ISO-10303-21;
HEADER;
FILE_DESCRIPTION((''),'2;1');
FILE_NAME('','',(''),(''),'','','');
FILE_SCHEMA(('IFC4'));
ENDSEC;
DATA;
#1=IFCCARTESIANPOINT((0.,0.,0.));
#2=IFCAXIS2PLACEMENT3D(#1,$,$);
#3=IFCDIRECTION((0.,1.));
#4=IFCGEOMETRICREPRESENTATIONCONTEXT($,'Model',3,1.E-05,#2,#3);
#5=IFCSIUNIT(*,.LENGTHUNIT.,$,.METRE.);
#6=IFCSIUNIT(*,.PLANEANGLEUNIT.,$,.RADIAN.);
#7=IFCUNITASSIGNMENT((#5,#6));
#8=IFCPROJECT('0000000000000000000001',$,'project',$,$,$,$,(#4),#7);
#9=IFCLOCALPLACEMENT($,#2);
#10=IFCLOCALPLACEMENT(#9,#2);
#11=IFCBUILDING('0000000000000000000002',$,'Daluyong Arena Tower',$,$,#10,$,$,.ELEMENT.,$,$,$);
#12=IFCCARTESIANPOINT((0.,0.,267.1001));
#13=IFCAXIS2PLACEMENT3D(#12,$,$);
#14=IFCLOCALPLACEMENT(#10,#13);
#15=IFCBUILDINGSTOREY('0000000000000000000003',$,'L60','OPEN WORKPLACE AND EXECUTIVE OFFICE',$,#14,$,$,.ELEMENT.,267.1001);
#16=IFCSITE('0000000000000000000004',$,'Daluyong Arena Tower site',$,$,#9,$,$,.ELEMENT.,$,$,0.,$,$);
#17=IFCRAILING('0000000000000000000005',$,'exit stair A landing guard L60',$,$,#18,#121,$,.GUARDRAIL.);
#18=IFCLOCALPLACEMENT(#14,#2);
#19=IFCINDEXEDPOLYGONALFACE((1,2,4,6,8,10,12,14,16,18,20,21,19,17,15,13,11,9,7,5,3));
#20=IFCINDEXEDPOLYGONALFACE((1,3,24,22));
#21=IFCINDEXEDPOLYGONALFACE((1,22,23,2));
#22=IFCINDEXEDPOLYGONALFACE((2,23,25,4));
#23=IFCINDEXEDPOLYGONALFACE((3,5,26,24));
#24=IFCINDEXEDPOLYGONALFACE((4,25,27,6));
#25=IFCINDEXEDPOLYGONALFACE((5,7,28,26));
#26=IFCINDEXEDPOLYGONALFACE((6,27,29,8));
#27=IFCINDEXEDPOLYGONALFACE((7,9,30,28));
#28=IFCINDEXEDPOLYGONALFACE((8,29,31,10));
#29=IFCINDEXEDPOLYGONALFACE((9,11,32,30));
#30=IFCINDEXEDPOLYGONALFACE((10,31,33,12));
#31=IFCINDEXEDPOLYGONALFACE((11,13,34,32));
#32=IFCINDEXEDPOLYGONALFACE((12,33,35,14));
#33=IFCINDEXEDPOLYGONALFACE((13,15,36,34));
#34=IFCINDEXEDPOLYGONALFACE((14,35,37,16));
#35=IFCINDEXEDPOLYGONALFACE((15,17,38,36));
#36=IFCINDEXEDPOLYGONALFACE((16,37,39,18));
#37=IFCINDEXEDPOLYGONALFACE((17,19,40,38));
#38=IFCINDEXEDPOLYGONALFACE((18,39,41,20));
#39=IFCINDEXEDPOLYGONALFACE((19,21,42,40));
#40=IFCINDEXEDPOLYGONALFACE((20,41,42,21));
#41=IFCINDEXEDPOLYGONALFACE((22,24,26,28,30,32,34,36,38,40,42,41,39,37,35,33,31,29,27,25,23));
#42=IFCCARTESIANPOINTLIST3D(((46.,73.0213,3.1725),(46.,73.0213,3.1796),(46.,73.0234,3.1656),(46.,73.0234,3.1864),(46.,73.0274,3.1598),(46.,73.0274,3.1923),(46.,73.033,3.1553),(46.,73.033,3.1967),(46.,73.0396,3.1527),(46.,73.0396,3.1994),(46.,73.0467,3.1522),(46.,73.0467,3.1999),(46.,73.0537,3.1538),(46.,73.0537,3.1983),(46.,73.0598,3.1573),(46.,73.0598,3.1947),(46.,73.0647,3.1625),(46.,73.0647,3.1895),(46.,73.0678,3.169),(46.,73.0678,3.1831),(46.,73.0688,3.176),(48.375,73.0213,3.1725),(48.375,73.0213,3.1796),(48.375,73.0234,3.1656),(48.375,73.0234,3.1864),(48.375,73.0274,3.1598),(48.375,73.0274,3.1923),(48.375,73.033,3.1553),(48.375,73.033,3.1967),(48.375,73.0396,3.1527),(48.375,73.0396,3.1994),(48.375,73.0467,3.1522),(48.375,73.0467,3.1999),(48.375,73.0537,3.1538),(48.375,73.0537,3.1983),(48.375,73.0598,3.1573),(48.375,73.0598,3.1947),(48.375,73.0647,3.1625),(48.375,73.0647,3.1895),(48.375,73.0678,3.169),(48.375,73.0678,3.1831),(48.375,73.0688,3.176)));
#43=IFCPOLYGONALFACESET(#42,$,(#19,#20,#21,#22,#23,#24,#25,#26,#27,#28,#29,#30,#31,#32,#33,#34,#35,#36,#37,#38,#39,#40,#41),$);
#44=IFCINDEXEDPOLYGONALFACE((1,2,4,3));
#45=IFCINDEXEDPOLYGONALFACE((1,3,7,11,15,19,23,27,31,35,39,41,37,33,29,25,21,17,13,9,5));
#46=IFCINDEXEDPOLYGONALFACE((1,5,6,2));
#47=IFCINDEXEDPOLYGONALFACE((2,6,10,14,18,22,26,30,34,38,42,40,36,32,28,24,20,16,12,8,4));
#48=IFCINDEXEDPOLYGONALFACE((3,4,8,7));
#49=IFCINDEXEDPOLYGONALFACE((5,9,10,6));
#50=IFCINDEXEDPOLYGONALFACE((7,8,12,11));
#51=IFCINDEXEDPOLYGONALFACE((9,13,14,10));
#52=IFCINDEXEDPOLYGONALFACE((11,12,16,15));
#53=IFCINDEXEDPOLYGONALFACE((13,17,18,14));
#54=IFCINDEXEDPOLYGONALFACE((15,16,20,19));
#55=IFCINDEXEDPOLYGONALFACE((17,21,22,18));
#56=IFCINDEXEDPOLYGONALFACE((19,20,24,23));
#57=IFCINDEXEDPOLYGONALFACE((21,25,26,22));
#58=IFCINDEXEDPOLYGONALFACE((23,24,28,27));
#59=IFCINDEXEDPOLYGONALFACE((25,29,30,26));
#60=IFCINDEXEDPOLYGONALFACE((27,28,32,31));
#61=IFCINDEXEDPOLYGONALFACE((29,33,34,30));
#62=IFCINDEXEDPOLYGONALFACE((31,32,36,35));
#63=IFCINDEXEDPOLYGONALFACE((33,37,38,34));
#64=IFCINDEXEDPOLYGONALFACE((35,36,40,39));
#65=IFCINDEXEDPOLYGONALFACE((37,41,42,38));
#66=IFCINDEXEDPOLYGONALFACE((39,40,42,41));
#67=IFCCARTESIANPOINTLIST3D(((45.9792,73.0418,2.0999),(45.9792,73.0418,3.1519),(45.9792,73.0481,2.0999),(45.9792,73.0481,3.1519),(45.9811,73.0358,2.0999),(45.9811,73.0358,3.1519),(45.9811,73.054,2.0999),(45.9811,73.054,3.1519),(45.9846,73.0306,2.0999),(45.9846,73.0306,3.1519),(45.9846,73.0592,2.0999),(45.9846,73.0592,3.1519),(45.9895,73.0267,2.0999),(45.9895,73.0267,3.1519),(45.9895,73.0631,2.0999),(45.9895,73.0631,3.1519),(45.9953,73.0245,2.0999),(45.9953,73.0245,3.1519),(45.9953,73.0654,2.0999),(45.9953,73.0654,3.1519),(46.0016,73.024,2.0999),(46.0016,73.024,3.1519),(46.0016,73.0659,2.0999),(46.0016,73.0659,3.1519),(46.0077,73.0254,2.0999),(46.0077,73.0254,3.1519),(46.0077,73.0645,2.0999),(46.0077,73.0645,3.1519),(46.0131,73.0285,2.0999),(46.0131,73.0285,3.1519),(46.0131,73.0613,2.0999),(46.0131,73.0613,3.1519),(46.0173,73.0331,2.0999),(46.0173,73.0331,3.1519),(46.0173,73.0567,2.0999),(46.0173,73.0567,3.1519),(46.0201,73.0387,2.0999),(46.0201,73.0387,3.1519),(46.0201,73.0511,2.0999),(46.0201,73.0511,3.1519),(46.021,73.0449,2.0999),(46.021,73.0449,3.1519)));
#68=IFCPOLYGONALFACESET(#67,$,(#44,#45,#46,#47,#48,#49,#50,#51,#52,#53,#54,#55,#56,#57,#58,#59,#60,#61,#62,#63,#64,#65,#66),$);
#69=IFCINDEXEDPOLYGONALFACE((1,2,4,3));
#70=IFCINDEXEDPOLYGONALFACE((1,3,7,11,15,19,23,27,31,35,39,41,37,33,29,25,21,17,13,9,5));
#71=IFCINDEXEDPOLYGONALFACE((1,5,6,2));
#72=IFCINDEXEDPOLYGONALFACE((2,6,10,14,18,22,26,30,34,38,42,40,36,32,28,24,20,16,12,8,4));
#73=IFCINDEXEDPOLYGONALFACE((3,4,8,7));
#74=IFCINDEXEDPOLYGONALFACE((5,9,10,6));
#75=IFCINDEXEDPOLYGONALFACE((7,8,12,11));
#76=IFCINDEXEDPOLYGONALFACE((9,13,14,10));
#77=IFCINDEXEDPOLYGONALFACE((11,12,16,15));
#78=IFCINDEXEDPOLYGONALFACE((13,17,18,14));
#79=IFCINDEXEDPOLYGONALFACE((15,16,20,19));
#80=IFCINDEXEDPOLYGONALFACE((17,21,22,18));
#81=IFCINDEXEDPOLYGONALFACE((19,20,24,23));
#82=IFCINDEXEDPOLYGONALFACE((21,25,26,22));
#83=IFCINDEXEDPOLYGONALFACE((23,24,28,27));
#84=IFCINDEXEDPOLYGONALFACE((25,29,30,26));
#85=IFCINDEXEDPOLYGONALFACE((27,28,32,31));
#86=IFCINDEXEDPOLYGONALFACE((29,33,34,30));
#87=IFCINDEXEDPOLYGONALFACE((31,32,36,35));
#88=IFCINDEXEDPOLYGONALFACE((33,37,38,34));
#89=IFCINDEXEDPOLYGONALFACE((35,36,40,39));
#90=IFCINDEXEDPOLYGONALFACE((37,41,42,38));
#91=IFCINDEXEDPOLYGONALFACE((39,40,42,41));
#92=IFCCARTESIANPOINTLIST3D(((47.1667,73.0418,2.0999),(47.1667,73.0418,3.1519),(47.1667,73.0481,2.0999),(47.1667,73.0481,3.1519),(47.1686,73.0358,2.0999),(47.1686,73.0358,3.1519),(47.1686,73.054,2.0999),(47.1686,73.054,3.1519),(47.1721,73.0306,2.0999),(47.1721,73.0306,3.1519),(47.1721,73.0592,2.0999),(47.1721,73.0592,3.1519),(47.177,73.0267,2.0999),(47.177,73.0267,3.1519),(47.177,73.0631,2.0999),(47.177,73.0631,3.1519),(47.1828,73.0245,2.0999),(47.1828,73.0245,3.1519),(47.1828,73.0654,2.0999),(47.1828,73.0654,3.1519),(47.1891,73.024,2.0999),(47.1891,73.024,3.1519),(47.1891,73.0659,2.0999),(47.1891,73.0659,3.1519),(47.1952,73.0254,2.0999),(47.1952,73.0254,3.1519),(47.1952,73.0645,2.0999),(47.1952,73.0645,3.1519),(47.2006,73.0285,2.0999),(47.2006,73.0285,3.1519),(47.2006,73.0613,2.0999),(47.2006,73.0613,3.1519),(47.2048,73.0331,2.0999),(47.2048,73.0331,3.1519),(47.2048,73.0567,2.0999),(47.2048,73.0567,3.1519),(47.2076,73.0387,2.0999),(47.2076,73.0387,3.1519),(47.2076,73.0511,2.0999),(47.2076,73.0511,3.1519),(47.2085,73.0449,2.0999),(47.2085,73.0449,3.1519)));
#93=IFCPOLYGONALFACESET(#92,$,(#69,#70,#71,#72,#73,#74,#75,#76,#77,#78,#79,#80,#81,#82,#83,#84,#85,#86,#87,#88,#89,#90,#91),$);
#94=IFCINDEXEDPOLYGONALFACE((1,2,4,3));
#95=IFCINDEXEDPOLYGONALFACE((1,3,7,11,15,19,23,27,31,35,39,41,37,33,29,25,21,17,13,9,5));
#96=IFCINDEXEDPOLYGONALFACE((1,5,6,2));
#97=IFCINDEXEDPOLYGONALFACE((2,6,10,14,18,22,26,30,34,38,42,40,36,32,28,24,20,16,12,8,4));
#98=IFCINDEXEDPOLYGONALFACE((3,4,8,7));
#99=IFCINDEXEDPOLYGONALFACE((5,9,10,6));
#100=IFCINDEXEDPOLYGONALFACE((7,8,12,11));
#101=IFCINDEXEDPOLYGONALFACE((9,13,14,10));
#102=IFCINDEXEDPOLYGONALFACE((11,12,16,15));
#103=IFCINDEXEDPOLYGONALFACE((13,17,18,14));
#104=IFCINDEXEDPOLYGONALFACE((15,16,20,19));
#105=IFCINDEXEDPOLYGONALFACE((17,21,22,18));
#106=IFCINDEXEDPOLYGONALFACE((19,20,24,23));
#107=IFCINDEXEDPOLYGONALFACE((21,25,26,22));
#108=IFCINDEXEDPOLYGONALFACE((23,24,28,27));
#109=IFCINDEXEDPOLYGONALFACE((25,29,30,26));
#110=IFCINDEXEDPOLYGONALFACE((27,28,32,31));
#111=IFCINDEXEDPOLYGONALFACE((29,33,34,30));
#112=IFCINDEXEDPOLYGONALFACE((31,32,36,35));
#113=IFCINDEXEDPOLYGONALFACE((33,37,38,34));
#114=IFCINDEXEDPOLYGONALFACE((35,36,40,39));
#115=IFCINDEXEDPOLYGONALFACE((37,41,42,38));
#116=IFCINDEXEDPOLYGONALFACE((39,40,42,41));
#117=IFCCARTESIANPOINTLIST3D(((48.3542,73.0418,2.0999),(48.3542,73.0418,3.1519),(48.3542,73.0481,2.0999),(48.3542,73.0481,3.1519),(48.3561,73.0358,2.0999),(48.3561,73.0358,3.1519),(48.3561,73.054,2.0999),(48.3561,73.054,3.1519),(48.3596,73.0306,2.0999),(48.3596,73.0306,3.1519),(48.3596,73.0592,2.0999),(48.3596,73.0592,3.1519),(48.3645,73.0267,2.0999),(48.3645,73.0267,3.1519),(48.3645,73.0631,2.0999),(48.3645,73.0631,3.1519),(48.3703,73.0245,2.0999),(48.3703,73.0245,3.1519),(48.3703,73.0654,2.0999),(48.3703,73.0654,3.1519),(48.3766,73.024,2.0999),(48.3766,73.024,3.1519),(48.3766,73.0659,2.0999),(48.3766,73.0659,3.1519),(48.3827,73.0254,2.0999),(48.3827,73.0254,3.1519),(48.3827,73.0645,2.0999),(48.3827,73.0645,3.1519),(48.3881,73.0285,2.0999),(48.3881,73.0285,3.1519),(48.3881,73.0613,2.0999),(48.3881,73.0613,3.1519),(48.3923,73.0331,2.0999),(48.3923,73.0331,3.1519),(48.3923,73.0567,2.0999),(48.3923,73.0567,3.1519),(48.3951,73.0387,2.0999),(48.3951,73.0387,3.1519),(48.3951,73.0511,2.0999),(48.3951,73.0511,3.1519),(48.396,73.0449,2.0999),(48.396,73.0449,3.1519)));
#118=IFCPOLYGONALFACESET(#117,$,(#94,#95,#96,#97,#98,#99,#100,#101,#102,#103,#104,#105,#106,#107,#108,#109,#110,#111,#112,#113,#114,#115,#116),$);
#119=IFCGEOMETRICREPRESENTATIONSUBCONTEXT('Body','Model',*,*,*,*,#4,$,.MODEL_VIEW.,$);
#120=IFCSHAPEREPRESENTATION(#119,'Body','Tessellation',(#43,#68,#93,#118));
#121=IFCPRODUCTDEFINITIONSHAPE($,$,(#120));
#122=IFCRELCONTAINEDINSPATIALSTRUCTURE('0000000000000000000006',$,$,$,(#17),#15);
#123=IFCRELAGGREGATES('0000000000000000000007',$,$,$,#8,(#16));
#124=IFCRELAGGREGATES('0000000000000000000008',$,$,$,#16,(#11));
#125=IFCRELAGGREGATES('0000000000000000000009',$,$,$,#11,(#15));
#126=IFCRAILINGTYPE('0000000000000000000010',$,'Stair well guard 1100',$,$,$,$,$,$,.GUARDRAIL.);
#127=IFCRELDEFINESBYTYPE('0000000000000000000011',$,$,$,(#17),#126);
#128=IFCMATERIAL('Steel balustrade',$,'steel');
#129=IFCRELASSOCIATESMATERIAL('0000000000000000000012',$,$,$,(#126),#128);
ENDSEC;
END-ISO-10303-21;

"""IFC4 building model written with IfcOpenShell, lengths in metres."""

from ifc_helpers import new_model, si_unit, direction, frame, origin, origin_2d, place, context, subcontext, project, spatial, circle, extrude, material, type_object, element, save


model = new_model("IFC4")

# Units and contexts
model_context = context("Model", 3, precision=1e-05, world=origin(), true_north=direction((0.0, 1.0)))
body_context = subcontext(model_context, "Body", "Model", "MODEL_VIEW")
ifc_project = project(units=[si_unit("LENGTHUNIT", "METRE"), si_unit("PLANEANGLEUNIT", "RADIAN")], contexts=[model_context])

# Site, building, storey
site_placement = place(None, origin())
site = spatial("IfcSite", under=ifc_project, at=site_placement, Name="Daluyong Arena Tower site", CompositionType="ELEMENT", RefElevation=0.0)
building_placement = place(site_placement, origin())
building = spatial("IfcBuilding", under=site, at=building_placement, Name="Daluyong Arena Tower", CompositionType="ELEMENT")
storey_placement = place(building_placement, frame((0.0, 0.0, 267.1001)))
storey = spatial("IfcBuildingStorey", under=building, at=storey_placement, Name="L60", Description="OPEN WORKPLACE AND EXECUTIVE OFFICE", CompositionType="ELEMENT", Elevation=267.1001)

# Railing
ifc_material_1 = material(Name="Steel balustrade", Category="steel")
railing_type_1 = type_object("IfcRailingType", Name="Stair well guard 1100", PredefinedType="GUARDRAIL", material=ifc_material_1)
railing_1_placement = place(storey_placement, frame((46.0, 73.0449, 2.0999)))
element("IfcRailing", 1, at=railing_1_placement, inside=storey, type_object=railing_type_1, Name="exit stair A landing guard L60", PredefinedType="GUARDRAIL", context=body_context, shape_type="SweptSolid", body=[
    extrude(circle(Radius=0.0239, at=origin_2d()), frame((0.0, 0.0, 1.0762), z_axis=(1.0, 0.0, 0.0), x_axis=(0.0, 1.0, 0.0)), (0.0, 0.0, 1.0), 2.375),
    extrude(circle(Radius=0.021, at=origin_2d()), origin(), (0.0, 0.0, 1.0), 1.052),
    extrude(circle(Radius=0.021, at=origin_2d()), frame((1.1875, 0.0, 0.0)), (0.0, 0.0, 1.0), 1.052),
    extrude(circle(Radius=0.021, at=origin_2d()), frame((2.375, 0.0, 0.0)), (0.0, 0.0, 1.0), 1.052),
])

save(model, "model.ifc")
